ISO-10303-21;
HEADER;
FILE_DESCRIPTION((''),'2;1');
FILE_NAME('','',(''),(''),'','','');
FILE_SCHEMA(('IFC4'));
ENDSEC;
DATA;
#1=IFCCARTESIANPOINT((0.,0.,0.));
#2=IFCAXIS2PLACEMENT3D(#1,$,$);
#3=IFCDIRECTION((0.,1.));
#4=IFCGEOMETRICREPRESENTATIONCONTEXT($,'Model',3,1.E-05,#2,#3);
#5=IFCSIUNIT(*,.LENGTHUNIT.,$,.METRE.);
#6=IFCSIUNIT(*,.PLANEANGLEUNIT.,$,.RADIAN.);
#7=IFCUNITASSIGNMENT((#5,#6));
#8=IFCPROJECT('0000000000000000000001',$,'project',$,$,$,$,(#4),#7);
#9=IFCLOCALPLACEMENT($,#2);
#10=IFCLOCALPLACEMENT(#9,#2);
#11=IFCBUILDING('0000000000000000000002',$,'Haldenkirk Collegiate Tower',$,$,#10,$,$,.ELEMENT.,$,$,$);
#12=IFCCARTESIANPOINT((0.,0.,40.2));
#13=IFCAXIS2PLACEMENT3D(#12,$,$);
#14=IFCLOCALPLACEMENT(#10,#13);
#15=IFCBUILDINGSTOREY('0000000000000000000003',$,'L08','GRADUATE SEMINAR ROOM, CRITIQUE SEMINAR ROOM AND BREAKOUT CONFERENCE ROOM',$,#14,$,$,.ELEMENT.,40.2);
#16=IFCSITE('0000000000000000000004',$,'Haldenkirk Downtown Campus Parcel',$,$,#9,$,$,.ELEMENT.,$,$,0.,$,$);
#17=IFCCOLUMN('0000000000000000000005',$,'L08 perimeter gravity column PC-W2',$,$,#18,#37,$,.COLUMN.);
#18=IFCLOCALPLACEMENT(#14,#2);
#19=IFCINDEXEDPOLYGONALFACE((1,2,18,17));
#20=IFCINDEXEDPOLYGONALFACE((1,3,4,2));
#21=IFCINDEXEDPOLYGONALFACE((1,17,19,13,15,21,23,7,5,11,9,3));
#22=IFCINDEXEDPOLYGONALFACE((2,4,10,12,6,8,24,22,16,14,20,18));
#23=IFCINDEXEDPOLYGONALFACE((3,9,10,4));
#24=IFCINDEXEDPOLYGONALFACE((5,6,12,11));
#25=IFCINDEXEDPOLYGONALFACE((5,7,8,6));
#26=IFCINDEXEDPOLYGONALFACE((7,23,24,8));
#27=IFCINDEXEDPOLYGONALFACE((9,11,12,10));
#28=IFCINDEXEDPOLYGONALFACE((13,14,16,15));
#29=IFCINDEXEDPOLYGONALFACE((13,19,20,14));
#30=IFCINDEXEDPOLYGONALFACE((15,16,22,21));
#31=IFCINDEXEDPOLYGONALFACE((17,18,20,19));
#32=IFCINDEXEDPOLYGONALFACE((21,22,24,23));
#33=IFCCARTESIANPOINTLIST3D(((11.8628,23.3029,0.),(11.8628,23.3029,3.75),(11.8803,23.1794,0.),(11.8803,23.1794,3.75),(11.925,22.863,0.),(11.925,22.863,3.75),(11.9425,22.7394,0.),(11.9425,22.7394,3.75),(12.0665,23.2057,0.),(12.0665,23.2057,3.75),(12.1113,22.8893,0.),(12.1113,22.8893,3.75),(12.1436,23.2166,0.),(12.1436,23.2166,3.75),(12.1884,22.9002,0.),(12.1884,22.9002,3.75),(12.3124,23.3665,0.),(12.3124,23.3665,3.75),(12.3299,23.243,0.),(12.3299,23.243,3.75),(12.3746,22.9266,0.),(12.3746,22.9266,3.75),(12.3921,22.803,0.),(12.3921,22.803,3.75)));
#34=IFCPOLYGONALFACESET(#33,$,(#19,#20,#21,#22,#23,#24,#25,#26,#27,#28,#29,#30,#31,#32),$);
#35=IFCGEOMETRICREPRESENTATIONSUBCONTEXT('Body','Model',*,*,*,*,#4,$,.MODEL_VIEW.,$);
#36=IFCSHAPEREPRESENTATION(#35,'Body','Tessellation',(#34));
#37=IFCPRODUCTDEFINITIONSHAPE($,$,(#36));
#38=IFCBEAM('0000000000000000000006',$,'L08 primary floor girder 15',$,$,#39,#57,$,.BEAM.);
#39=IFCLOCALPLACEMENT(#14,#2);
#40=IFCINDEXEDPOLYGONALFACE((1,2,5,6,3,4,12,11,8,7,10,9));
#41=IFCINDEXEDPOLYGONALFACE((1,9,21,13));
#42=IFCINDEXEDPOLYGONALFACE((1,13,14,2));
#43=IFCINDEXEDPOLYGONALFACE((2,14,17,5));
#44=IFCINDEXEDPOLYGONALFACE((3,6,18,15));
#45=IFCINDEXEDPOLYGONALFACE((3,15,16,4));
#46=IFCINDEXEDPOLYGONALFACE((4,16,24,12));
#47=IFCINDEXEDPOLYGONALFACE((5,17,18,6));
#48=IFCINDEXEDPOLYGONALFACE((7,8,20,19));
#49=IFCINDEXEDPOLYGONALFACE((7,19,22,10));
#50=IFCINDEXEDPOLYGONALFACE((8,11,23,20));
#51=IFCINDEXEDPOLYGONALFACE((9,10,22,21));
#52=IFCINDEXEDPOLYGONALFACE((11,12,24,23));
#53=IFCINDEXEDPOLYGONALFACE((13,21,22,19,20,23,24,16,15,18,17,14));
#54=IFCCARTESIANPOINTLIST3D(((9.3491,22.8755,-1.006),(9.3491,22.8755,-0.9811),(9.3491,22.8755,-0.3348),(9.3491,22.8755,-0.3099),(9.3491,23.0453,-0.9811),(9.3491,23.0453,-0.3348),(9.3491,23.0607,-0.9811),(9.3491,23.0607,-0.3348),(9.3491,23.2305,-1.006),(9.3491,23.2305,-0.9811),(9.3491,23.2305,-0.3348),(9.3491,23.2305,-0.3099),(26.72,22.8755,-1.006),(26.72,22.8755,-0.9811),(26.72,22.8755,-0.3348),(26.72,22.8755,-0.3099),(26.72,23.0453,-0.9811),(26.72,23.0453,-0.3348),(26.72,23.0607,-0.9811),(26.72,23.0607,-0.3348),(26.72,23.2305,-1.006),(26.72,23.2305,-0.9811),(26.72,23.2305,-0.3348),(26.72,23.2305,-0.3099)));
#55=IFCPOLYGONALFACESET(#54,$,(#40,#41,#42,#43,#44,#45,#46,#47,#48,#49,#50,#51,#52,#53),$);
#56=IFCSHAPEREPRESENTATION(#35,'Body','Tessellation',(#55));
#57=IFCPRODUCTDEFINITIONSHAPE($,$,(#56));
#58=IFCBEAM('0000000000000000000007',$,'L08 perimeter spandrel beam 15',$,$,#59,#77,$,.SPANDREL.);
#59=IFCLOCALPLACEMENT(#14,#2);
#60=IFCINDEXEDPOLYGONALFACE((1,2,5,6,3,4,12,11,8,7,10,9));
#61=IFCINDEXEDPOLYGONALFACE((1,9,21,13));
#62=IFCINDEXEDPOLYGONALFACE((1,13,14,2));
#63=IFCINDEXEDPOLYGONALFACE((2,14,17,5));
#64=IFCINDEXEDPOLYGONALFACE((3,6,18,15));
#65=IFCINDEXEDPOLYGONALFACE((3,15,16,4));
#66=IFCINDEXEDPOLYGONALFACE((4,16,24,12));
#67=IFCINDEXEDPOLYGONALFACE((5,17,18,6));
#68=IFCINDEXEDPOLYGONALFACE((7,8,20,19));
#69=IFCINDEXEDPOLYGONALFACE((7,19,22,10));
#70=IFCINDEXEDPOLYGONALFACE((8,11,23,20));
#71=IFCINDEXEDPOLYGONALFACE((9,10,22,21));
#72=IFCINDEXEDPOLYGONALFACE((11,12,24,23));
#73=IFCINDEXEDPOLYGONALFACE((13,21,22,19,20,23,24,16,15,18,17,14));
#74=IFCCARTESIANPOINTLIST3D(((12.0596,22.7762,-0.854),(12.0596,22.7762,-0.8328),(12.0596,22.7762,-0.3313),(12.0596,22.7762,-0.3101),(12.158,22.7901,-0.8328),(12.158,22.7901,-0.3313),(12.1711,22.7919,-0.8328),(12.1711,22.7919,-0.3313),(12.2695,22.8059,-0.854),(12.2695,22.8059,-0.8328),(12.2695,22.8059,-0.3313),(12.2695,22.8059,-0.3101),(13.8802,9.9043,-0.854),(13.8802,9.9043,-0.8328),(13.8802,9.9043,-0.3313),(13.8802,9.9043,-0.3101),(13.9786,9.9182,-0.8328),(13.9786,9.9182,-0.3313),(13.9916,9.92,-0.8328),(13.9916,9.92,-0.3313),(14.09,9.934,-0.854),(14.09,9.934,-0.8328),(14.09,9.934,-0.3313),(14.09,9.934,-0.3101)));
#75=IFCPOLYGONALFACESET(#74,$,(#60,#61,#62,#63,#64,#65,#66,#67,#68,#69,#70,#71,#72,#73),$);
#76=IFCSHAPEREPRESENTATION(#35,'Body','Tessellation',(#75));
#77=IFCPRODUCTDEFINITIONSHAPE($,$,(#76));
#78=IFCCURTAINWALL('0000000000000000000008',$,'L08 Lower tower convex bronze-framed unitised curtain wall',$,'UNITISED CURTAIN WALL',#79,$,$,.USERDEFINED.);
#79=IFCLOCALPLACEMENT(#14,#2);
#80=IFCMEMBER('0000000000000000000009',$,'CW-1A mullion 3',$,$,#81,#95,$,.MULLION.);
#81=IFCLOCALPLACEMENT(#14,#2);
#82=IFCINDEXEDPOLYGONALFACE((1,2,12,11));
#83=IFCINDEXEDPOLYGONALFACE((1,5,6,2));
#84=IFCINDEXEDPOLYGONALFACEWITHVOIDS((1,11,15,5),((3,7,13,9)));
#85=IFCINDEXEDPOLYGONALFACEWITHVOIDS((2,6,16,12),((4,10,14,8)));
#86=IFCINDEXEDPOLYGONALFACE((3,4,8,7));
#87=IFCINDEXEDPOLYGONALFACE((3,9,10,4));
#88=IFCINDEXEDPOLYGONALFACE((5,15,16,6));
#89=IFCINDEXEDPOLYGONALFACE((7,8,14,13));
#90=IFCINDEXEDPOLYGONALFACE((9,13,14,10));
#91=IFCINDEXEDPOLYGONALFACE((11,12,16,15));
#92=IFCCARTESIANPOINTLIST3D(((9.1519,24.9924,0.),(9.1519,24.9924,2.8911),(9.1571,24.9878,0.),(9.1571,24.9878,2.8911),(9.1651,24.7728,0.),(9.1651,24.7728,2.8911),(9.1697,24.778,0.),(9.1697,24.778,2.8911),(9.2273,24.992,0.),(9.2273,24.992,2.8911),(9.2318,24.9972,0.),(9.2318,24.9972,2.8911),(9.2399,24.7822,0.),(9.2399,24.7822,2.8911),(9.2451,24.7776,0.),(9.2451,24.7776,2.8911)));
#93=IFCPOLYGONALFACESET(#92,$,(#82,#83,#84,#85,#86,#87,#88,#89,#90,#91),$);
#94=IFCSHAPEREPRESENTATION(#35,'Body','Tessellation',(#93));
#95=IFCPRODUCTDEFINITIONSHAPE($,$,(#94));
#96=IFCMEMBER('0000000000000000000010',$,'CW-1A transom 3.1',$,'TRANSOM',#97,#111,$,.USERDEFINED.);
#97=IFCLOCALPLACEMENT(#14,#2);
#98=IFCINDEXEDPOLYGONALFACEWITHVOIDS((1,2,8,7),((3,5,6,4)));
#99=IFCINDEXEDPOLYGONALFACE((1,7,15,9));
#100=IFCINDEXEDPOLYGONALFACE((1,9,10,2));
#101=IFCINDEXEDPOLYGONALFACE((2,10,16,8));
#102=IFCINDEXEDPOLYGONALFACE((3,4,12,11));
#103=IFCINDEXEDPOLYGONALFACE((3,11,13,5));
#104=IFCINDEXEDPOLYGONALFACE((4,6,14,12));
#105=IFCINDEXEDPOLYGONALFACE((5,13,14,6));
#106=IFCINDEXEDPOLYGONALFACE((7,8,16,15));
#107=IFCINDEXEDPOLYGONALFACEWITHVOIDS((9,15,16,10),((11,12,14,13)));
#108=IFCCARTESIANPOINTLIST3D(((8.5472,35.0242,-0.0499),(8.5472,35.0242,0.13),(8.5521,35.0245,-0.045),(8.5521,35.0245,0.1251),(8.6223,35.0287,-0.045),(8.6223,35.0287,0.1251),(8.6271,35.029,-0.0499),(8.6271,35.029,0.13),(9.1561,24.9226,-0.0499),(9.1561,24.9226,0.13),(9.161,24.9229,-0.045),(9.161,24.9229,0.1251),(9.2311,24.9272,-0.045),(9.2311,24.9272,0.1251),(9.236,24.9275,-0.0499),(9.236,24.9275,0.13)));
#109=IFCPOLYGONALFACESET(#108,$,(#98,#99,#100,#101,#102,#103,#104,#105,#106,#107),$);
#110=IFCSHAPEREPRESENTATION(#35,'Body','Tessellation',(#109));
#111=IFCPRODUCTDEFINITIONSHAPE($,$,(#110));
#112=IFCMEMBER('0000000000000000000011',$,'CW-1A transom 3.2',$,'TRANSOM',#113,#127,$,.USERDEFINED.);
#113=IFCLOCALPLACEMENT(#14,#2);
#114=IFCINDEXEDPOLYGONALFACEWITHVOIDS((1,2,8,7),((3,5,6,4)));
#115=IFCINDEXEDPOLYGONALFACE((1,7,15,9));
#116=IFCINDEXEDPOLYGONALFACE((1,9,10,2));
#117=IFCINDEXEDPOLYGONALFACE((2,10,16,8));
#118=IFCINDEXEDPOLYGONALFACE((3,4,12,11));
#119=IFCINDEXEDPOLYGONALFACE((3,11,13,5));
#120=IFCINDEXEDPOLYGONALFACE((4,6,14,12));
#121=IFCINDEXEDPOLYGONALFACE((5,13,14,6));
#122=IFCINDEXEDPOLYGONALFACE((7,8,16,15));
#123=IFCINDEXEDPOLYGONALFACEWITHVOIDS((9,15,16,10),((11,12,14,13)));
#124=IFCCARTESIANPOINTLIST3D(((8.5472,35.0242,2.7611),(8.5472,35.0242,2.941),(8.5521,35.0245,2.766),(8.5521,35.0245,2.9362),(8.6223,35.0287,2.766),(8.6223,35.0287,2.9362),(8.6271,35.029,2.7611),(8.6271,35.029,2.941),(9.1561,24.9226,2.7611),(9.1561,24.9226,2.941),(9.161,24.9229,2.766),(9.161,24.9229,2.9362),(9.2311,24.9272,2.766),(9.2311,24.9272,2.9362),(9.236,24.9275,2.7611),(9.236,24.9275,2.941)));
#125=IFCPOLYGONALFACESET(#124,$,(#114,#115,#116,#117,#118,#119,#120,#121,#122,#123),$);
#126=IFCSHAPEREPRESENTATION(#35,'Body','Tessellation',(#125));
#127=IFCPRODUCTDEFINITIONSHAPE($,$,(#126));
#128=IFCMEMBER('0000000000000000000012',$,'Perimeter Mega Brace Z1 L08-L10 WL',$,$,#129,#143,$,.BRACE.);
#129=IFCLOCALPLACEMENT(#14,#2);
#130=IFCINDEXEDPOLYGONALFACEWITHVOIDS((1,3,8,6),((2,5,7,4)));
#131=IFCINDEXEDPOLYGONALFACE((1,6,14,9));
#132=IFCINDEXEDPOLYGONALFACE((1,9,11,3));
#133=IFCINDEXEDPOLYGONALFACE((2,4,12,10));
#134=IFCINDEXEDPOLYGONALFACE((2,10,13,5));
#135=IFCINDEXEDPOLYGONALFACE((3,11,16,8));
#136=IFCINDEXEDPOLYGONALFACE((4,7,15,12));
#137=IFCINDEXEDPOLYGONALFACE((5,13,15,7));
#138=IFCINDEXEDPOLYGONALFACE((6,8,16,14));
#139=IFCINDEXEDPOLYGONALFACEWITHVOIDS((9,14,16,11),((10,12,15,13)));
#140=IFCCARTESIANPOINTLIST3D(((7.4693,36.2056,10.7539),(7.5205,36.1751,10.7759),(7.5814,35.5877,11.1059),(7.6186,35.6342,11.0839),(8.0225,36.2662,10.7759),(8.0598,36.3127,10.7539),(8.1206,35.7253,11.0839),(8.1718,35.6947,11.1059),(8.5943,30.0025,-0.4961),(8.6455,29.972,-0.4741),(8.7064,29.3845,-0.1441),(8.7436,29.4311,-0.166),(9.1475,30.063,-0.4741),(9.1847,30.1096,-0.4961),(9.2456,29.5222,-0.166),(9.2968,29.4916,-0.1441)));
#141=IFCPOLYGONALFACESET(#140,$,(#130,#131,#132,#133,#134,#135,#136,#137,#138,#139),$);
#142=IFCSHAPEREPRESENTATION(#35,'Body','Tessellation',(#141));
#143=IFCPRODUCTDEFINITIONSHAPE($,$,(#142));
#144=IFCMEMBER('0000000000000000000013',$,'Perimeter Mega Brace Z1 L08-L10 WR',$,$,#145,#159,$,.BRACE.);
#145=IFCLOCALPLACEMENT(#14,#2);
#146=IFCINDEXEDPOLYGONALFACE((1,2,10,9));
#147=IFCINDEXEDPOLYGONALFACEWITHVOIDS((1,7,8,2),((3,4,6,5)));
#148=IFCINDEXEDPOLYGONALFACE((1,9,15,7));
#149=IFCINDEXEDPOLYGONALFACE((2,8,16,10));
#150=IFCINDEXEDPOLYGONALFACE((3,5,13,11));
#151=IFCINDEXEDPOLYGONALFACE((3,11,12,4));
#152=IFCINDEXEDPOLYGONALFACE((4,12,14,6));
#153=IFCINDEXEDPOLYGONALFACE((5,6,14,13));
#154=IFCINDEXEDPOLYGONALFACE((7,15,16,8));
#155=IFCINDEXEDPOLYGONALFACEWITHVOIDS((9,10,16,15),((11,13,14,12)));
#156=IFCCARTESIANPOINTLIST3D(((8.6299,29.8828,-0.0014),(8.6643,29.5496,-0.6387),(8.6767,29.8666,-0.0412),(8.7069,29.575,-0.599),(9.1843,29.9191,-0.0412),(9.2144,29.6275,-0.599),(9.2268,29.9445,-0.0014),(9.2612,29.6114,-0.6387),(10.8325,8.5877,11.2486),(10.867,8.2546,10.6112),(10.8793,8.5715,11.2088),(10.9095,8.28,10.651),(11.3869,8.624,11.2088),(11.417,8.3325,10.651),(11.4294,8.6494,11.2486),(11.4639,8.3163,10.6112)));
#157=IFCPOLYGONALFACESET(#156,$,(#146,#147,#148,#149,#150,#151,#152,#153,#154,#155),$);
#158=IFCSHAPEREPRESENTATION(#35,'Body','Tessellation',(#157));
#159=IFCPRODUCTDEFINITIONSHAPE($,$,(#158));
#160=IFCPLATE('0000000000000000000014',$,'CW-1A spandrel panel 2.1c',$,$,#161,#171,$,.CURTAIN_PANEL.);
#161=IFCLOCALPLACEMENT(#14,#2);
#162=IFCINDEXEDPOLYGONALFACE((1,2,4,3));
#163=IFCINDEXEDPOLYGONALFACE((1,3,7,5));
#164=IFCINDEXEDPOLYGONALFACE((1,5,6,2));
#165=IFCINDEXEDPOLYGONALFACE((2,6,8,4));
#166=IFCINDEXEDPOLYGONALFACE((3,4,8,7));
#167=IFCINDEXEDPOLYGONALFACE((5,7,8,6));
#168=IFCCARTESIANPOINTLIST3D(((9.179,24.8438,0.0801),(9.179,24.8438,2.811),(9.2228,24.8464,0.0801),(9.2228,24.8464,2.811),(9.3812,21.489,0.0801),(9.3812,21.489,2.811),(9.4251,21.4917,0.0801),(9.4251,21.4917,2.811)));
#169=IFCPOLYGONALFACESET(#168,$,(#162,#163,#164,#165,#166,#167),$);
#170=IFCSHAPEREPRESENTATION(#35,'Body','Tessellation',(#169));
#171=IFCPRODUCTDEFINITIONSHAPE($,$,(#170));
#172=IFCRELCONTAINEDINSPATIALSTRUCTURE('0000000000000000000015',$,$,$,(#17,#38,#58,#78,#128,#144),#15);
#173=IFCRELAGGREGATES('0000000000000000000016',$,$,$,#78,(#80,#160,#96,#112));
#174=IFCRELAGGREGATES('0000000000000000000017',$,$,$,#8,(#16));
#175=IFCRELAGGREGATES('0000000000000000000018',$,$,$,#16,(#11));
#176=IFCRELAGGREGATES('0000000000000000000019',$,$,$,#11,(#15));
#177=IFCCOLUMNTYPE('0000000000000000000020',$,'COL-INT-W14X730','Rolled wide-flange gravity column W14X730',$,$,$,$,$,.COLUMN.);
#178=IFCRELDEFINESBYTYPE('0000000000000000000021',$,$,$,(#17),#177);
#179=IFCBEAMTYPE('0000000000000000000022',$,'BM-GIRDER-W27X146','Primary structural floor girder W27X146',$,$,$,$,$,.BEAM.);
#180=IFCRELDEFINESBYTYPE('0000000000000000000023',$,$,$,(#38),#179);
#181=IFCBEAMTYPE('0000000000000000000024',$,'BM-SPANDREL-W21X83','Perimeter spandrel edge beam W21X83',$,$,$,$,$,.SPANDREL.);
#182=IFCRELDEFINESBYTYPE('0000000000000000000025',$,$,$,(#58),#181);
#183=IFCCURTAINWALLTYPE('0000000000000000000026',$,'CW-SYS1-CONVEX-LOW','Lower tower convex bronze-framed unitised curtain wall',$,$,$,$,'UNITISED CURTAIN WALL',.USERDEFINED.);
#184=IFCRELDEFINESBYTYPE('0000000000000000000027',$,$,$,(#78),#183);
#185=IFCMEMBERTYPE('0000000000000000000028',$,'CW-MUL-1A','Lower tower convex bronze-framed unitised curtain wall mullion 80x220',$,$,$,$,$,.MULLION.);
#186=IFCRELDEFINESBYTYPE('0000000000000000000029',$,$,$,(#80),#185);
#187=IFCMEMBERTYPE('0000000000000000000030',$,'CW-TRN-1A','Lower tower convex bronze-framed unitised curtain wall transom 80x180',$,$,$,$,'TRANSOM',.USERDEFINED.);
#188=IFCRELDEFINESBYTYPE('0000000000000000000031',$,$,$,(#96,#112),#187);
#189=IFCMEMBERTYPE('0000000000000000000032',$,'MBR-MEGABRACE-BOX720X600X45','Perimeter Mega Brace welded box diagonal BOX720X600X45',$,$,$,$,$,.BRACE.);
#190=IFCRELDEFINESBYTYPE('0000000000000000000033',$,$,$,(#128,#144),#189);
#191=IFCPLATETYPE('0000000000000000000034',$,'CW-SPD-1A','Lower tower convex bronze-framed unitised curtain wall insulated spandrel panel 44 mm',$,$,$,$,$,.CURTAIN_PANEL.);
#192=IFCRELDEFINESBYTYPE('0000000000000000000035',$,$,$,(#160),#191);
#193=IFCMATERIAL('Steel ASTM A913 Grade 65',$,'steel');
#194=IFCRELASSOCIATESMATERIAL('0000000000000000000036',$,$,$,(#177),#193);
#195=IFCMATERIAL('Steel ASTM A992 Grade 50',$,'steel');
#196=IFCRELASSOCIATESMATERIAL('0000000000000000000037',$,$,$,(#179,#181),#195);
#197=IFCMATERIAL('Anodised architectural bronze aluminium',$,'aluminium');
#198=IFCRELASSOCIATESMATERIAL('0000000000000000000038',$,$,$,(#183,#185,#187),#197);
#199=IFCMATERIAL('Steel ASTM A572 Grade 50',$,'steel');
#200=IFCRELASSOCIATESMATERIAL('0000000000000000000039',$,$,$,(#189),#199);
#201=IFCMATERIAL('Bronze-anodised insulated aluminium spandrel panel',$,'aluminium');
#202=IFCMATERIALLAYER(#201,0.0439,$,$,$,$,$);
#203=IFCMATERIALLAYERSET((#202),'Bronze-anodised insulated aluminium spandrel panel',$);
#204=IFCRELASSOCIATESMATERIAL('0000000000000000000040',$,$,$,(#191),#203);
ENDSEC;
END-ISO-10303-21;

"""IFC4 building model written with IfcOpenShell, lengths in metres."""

from ifc_helpers import new_model, si_unit, direction, frame, origin, origin_2d, place, context, subcontext, project, spatial, rectangle, hollow_rectangle, i_section, extrude, source, transform, mapped, material, layer, layer_set, material_profile, profile_set, type_object, element, aggregate, save


model = new_model("IFC4")

# Units and contexts
model_context = context("Model", 3, precision=1e-05, world=origin(), true_north=direction((0.0, 1.0)))
body_context = subcontext(model_context, "Body", "Model", "MODEL_VIEW")
ifc_project = project(units=[si_unit("LENGTHUNIT", "METRE"), si_unit("PLANEANGLEUNIT", "RADIAN")], contexts=[model_context])

# Site, building, storey
site_placement = place(None, origin())
site = spatial("IfcSite", under=ifc_project, at=site_placement, Name="Haldenkirk Downtown Campus Parcel", CompositionType="ELEMENT", RefElevation=0.0)
building_placement = place(site_placement, origin())
building = spatial("IfcBuilding", under=site, at=building_placement, Name="Haldenkirk Collegiate Tower", CompositionType="ELEMENT")
storey_placement = place(building_placement, frame((0.0, 0.0, 40.2)))
storey = spatial("IfcBuildingStorey", under=building, at=storey_placement, Name="L08", Description="GRADUATE SEMINAR ROOM, CRITIQUE SEMINAR ROOM AND BREAKOUT CONFERENCE ROOM", CompositionType="ELEMENT", Elevation=40.2)

# Column
ifc_material_1 = material(Name="Steel ASTM A913 Grade 65", Category="steel")
ifc_material_profile_1 = material_profile(ifc_material_1, i_section(OverallWidth=0.4541, OverallDepth=0.5691, WebThickness=0.0779, FlangeThickness=0.1248, at=origin_2d()), Name="W14X730")
ifc_profile_set_1 = profile_set([ifc_material_profile_1], Name="Steel ASTM A913 Grade 65")
column_type = type_object("IfcColumnType", Name="COL-INT-W14X730", Description="Rolled wide-flange gravity column W14X730", PredefinedType="COLUMN", material=ifc_profile_set_1)
column_placement = place(storey_placement, frame((12.1274, 23.053, 0.0), z_axis=(0.0, 0.0, 1.0), x_axis=(0.990146, 0.140037, 0.0)))
element("IfcColumn", 1, at=column_placement, inside=storey, type_object=column_type, Name="L08 perimeter gravity column PC-W2", PredefinedType="COLUMN", context=body_context, shape_type="SweptSolid", body=[
    extrude(i_section(OverallWidth=0.4541, OverallDepth=0.5691, WebThickness=0.0779, FlangeThickness=0.1248, at=origin_2d()), origin(), (0.0, 0.0, 1.0), 3.75),
])

# Beams
ifc_material_2 = material(Name="Steel ASTM A992 Grade 50", Category="steel")
ifc_material_profile_2 = material_profile(ifc_material_2, i_section(OverallWidth=0.355, OverallDepth=0.696, WebThickness=0.0154, FlangeThickness=0.0249, at=origin_2d()), Name="W27X146")
ifc_profile_set_2 = profile_set([ifc_material_profile_2], Name="Steel ASTM A992 Grade 50")
beam_type_1 = type_object("IfcBeamType", Name="BM-GIRDER-W27X146", Description="Primary structural floor girder W27X146", PredefinedType="BEAM", material=ifc_profile_set_2)
beam_1_placement = place(storey_placement, frame((9.3491, 23.053, -0.658), z_axis=(1.0, 0.0, 0.0), x_axis=(0.0, 1.0, 0.0)))
element("IfcBeam", 2, at=beam_1_placement, inside=storey, type_object=beam_type_1, Name="L08 primary floor girder 15", PredefinedType="BEAM", context=body_context, shape_type="SweptSolid", body=[
    extrude(i_section(OverallWidth=0.355, OverallDepth=0.696, WebThickness=0.0154, FlangeThickness=0.0249, at=origin_2d()), origin(), (0.0, 0.0, 1.0), 17.3708),
])
ifc_material_profile_3 = material_profile(ifc_material_2, i_section(OverallWidth=0.2119, OverallDepth=0.5439, WebThickness=0.0132, FlangeThickness=0.0212, at=origin_2d()), Name="W21X83")
ifc_profile_set_3 = profile_set([ifc_material_profile_3], Name="Steel ASTM A992 Grade 50")
beam_type_2 = type_object("IfcBeamType", Name="BM-SPANDREL-W21X83", Description="Perimeter spandrel edge beam W21X83", PredefinedType="SPANDREL", material=ifc_profile_set_3)
beam_2_placement = place(storey_placement, frame((12.1646, 22.791, -0.582), z_axis=(0.140044, -0.990145, 0.0), x_axis=(0.990145, 0.140044, 0.0)))
element("IfcBeam", 3, at=beam_2_placement, inside=storey, type_object=beam_type_2, Name="L08 perimeter spandrel beam 15", PredefinedType="SPANDREL", context=body_context, shape_type="SweptSolid", body=[
    extrude(i_section(OverallWidth=0.2119, OverallDepth=0.5439, WebThickness=0.0132, FlangeThickness=0.0212, at=origin_2d()), origin(), (0.0, 0.0, 1.0), 13.0),
])

# Curtain wall, members
ifc_material_3 = material(Name="Anodised architectural bronze aluminium", Category="aluminium")
curtain_wall_type = type_object("IfcCurtainWallType", Name="CW-SYS1-CONVEX-LOW", Description="Lower tower convex bronze-framed unitised curtain wall", ElementType="UNITISED CURTAIN WALL", PredefinedType="USERDEFINED", material=ifc_material_3)
curtain_wall_placement = place(storey_placement, origin())
curtain_wall = element("IfcCurtainWall", 4, at=curtain_wall_placement, inside=storey, type_object=curtain_wall_type, Name="L08 Lower tower convex bronze-framed unitised curtain wall", ObjectType="UNITISED CURTAIN WALL", PredefinedType="USERDEFINED")
ifc_material_profile_4 = material_profile(ifc_material_3, hollow_rectangle(XDim=0.0801, YDim=0.22, WallThickness=0.0049, at=origin_2d()), Name="CW-MUL-1A")
ifc_profile_set_4 = profile_set([ifc_material_profile_4], Name="Anodised architectural bronze aluminium")
member_type_1 = type_object("IfcMemberType", Name="CW-MUL-1A", Description="Lower tower convex bronze-framed unitised curtain wall mullion 80x220", PredefinedType="MULLION", material=ifc_profile_set_4)
member_1_placement = place(storey_placement, frame((9.1985, 24.885, 0.0), z_axis=(0.0, 0.0, 1.0), x_axis=(-0.998188, -0.060174, 0.0)))
member_1 = element("IfcMember", 5, at=member_1_placement, type_object=member_type_1, Name="CW-1A mullion 3", PredefinedType="MULLION", context=body_context, shape_type="SweptSolid", body=[
    extrude(hollow_rectangle(XDim=0.0801, YDim=0.22, WallThickness=0.0049, at=origin_2d()), origin(), (0.0, 0.0, 1.0), 2.8911),
])
ifc_material_profile_5 = material_profile(ifc_material_3, hollow_rectangle(XDim=0.0801, YDim=0.1799, WallThickness=0.0049, at=origin_2d()), Name="CW-TRN-1A")
ifc_profile_set_5 = profile_set([ifc_material_profile_5], Name="Anodised architectural bronze aluminium")
member_type_2 = type_object("IfcMemberType", Name="CW-TRN-1A", Description="Lower tower convex bronze-framed unitised curtain wall transom 80x180", ElementType="TRANSOM", PredefinedType="USERDEFINED", material=ifc_profile_set_5)
member_2_placement = place(storey_placement, frame((9.196, 24.925, 0.04), z_axis=(-0.060167, 0.998188, 0.0), x_axis=(-0.998188, -0.060167, 0.0)))
member_2 = element("IfcMember", 6, at=member_2_placement, type_object=member_type_2, Name="CW-1A transom 3.1", ObjectType="TRANSOM", PredefinedType="USERDEFINED", context=body_context, shape_type="SweptSolid", body=[
    extrude(hollow_rectangle(XDim=0.0801, YDim=0.1799, WallThickness=0.0049, at=origin_2d()), origin(), (0.0, 0.0, 1.0), 10.1199),
])
member_3_placement = place(storey_placement, frame((9.196, 24.925, 2.8511), z_axis=(-0.060167, 0.998188, 0.0), x_axis=(-0.998188, -0.060167, 0.0)))
member_3 = element("IfcMember", 7, at=member_3_placement, type_object=member_type_2, Name="CW-1A transom 3.2", ObjectType="TRANSOM", PredefinedType="USERDEFINED", context=body_context, shape_type="SweptSolid", body=[
    extrude(hollow_rectangle(XDim=0.0801, YDim=0.1799, WallThickness=0.0049, at=origin_2d()), origin(), (0.0, 0.0, 1.0), 10.1199),
])

# Members
ifc_material_4 = material(Name="Steel ASTM A572 Grade 50", Category="steel")
ifc_material_profile_6 = material_profile(ifc_material_4, hollow_rectangle(XDim=0.6001, YDim=0.72, WallThickness=0.0449, at=origin_2d()), Name="BOX720X600X45")
ifc_profile_set_6 = profile_set([ifc_material_profile_6], Name="Steel ASTM A572 Grade 50")
member_type_3 = type_object("IfcMemberType", Name="MBR-MEGABRACE-BOX720X600X45", Description="Perimeter Mega Brace welded box diagonal BOX720X600X45", PredefinedType="BRACE", material=ifc_profile_set_6)
member_4_placement = place(storey_placement, frame((8.9456, 29.7471, -0.3201), z_axis=(-0.087236, 0.481011, 0.872363), x_axis=(-0.983949, -0.178449, 0.0)))
element("IfcMember", 8, at=member_4_placement, inside=storey, type_object=member_type_3, Name="Perimeter Mega Brace Z1 L08-L10 WL", PredefinedType="BRACE", context=body_context, shape_type="SweptSolid", body=[
    extrude(hollow_rectangle(XDim=0.6001, YDim=0.72, WallThickness=0.0449, at=origin_2d()), origin(), (0.0, 0.0, 1.0), 12.896),
])
member_5_placement = place(storey_placement, frame((8.9456, 29.7471, -0.3201), z_axis=(0.091076, -0.880523, 0.465171), x_axis=(0.994693, 0.102885, 0.0)))
element("IfcMember", 9, at=member_5_placement, inside=storey, type_object=member_type_3, Name="Perimeter Mega Brace Z1 L08-L10 WR", PredefinedType="BRACE", context=body_context, shape_type="SweptSolid", body=[
    extrude(hollow_rectangle(XDim=0.6001, YDim=0.72, WallThickness=0.0449, at=origin_2d()), origin(), (0.0, 0.0, 1.0), 24.1846),
])

# Plate
ifc_material_5 = material(Name="Bronze-anodised insulated aluminium spandrel panel", Category="aluminium")
ifc_layer_1 = layer(ifc_material_5, 0.0439)
ifc_layer_set_1 = layer_set([ifc_layer_1], Name="Bronze-anodised insulated aluminium spandrel panel")
plate_type = type_object("IfcPlateType", Name="CW-SPD-1A", Description="Lower tower convex bronze-framed unitised curtain wall insulated spandrel panel 44 mm", PredefinedType="CURTAIN_PANEL", material=ifc_layer_set_1)
shared_shape_1 = source(origin(), body_context, "Body", "SweptSolid", [
    extrude(rectangle(XDim=3.3608, YDim=0.0439, at=origin_2d()), origin(), (0.0, 0.0, 1.0), 2.731),
])
plate_1_placement = place(storey_placement, frame((9.302, 23.1677, 0.0801), z_axis=(0.0, 0.0, 1.0), x_axis=(-0.060174, 0.998188, 0.0)))
plate_1 = element("IfcPlate", 10, at=plate_1_placement, type_object=plate_type, Name="CW-1A spandrel panel 2.1c", PredefinedType="CURTAIN_PANEL", context=body_context, shape_type="MappedRepresentation", body=[
    mapped(shared_shape_1, transform((0.0, 0.0, 0.0), x_axis=(1.0, 0.0, 0.0), y_axis=(0.0, 1.0, 0.0), z_axis=(0.0, 0.0, 1.0), scale=1.0)),
])
aggregate(curtain_wall, [member_1, plate_1, member_2, member_3])

save(model, "model.ifc")
